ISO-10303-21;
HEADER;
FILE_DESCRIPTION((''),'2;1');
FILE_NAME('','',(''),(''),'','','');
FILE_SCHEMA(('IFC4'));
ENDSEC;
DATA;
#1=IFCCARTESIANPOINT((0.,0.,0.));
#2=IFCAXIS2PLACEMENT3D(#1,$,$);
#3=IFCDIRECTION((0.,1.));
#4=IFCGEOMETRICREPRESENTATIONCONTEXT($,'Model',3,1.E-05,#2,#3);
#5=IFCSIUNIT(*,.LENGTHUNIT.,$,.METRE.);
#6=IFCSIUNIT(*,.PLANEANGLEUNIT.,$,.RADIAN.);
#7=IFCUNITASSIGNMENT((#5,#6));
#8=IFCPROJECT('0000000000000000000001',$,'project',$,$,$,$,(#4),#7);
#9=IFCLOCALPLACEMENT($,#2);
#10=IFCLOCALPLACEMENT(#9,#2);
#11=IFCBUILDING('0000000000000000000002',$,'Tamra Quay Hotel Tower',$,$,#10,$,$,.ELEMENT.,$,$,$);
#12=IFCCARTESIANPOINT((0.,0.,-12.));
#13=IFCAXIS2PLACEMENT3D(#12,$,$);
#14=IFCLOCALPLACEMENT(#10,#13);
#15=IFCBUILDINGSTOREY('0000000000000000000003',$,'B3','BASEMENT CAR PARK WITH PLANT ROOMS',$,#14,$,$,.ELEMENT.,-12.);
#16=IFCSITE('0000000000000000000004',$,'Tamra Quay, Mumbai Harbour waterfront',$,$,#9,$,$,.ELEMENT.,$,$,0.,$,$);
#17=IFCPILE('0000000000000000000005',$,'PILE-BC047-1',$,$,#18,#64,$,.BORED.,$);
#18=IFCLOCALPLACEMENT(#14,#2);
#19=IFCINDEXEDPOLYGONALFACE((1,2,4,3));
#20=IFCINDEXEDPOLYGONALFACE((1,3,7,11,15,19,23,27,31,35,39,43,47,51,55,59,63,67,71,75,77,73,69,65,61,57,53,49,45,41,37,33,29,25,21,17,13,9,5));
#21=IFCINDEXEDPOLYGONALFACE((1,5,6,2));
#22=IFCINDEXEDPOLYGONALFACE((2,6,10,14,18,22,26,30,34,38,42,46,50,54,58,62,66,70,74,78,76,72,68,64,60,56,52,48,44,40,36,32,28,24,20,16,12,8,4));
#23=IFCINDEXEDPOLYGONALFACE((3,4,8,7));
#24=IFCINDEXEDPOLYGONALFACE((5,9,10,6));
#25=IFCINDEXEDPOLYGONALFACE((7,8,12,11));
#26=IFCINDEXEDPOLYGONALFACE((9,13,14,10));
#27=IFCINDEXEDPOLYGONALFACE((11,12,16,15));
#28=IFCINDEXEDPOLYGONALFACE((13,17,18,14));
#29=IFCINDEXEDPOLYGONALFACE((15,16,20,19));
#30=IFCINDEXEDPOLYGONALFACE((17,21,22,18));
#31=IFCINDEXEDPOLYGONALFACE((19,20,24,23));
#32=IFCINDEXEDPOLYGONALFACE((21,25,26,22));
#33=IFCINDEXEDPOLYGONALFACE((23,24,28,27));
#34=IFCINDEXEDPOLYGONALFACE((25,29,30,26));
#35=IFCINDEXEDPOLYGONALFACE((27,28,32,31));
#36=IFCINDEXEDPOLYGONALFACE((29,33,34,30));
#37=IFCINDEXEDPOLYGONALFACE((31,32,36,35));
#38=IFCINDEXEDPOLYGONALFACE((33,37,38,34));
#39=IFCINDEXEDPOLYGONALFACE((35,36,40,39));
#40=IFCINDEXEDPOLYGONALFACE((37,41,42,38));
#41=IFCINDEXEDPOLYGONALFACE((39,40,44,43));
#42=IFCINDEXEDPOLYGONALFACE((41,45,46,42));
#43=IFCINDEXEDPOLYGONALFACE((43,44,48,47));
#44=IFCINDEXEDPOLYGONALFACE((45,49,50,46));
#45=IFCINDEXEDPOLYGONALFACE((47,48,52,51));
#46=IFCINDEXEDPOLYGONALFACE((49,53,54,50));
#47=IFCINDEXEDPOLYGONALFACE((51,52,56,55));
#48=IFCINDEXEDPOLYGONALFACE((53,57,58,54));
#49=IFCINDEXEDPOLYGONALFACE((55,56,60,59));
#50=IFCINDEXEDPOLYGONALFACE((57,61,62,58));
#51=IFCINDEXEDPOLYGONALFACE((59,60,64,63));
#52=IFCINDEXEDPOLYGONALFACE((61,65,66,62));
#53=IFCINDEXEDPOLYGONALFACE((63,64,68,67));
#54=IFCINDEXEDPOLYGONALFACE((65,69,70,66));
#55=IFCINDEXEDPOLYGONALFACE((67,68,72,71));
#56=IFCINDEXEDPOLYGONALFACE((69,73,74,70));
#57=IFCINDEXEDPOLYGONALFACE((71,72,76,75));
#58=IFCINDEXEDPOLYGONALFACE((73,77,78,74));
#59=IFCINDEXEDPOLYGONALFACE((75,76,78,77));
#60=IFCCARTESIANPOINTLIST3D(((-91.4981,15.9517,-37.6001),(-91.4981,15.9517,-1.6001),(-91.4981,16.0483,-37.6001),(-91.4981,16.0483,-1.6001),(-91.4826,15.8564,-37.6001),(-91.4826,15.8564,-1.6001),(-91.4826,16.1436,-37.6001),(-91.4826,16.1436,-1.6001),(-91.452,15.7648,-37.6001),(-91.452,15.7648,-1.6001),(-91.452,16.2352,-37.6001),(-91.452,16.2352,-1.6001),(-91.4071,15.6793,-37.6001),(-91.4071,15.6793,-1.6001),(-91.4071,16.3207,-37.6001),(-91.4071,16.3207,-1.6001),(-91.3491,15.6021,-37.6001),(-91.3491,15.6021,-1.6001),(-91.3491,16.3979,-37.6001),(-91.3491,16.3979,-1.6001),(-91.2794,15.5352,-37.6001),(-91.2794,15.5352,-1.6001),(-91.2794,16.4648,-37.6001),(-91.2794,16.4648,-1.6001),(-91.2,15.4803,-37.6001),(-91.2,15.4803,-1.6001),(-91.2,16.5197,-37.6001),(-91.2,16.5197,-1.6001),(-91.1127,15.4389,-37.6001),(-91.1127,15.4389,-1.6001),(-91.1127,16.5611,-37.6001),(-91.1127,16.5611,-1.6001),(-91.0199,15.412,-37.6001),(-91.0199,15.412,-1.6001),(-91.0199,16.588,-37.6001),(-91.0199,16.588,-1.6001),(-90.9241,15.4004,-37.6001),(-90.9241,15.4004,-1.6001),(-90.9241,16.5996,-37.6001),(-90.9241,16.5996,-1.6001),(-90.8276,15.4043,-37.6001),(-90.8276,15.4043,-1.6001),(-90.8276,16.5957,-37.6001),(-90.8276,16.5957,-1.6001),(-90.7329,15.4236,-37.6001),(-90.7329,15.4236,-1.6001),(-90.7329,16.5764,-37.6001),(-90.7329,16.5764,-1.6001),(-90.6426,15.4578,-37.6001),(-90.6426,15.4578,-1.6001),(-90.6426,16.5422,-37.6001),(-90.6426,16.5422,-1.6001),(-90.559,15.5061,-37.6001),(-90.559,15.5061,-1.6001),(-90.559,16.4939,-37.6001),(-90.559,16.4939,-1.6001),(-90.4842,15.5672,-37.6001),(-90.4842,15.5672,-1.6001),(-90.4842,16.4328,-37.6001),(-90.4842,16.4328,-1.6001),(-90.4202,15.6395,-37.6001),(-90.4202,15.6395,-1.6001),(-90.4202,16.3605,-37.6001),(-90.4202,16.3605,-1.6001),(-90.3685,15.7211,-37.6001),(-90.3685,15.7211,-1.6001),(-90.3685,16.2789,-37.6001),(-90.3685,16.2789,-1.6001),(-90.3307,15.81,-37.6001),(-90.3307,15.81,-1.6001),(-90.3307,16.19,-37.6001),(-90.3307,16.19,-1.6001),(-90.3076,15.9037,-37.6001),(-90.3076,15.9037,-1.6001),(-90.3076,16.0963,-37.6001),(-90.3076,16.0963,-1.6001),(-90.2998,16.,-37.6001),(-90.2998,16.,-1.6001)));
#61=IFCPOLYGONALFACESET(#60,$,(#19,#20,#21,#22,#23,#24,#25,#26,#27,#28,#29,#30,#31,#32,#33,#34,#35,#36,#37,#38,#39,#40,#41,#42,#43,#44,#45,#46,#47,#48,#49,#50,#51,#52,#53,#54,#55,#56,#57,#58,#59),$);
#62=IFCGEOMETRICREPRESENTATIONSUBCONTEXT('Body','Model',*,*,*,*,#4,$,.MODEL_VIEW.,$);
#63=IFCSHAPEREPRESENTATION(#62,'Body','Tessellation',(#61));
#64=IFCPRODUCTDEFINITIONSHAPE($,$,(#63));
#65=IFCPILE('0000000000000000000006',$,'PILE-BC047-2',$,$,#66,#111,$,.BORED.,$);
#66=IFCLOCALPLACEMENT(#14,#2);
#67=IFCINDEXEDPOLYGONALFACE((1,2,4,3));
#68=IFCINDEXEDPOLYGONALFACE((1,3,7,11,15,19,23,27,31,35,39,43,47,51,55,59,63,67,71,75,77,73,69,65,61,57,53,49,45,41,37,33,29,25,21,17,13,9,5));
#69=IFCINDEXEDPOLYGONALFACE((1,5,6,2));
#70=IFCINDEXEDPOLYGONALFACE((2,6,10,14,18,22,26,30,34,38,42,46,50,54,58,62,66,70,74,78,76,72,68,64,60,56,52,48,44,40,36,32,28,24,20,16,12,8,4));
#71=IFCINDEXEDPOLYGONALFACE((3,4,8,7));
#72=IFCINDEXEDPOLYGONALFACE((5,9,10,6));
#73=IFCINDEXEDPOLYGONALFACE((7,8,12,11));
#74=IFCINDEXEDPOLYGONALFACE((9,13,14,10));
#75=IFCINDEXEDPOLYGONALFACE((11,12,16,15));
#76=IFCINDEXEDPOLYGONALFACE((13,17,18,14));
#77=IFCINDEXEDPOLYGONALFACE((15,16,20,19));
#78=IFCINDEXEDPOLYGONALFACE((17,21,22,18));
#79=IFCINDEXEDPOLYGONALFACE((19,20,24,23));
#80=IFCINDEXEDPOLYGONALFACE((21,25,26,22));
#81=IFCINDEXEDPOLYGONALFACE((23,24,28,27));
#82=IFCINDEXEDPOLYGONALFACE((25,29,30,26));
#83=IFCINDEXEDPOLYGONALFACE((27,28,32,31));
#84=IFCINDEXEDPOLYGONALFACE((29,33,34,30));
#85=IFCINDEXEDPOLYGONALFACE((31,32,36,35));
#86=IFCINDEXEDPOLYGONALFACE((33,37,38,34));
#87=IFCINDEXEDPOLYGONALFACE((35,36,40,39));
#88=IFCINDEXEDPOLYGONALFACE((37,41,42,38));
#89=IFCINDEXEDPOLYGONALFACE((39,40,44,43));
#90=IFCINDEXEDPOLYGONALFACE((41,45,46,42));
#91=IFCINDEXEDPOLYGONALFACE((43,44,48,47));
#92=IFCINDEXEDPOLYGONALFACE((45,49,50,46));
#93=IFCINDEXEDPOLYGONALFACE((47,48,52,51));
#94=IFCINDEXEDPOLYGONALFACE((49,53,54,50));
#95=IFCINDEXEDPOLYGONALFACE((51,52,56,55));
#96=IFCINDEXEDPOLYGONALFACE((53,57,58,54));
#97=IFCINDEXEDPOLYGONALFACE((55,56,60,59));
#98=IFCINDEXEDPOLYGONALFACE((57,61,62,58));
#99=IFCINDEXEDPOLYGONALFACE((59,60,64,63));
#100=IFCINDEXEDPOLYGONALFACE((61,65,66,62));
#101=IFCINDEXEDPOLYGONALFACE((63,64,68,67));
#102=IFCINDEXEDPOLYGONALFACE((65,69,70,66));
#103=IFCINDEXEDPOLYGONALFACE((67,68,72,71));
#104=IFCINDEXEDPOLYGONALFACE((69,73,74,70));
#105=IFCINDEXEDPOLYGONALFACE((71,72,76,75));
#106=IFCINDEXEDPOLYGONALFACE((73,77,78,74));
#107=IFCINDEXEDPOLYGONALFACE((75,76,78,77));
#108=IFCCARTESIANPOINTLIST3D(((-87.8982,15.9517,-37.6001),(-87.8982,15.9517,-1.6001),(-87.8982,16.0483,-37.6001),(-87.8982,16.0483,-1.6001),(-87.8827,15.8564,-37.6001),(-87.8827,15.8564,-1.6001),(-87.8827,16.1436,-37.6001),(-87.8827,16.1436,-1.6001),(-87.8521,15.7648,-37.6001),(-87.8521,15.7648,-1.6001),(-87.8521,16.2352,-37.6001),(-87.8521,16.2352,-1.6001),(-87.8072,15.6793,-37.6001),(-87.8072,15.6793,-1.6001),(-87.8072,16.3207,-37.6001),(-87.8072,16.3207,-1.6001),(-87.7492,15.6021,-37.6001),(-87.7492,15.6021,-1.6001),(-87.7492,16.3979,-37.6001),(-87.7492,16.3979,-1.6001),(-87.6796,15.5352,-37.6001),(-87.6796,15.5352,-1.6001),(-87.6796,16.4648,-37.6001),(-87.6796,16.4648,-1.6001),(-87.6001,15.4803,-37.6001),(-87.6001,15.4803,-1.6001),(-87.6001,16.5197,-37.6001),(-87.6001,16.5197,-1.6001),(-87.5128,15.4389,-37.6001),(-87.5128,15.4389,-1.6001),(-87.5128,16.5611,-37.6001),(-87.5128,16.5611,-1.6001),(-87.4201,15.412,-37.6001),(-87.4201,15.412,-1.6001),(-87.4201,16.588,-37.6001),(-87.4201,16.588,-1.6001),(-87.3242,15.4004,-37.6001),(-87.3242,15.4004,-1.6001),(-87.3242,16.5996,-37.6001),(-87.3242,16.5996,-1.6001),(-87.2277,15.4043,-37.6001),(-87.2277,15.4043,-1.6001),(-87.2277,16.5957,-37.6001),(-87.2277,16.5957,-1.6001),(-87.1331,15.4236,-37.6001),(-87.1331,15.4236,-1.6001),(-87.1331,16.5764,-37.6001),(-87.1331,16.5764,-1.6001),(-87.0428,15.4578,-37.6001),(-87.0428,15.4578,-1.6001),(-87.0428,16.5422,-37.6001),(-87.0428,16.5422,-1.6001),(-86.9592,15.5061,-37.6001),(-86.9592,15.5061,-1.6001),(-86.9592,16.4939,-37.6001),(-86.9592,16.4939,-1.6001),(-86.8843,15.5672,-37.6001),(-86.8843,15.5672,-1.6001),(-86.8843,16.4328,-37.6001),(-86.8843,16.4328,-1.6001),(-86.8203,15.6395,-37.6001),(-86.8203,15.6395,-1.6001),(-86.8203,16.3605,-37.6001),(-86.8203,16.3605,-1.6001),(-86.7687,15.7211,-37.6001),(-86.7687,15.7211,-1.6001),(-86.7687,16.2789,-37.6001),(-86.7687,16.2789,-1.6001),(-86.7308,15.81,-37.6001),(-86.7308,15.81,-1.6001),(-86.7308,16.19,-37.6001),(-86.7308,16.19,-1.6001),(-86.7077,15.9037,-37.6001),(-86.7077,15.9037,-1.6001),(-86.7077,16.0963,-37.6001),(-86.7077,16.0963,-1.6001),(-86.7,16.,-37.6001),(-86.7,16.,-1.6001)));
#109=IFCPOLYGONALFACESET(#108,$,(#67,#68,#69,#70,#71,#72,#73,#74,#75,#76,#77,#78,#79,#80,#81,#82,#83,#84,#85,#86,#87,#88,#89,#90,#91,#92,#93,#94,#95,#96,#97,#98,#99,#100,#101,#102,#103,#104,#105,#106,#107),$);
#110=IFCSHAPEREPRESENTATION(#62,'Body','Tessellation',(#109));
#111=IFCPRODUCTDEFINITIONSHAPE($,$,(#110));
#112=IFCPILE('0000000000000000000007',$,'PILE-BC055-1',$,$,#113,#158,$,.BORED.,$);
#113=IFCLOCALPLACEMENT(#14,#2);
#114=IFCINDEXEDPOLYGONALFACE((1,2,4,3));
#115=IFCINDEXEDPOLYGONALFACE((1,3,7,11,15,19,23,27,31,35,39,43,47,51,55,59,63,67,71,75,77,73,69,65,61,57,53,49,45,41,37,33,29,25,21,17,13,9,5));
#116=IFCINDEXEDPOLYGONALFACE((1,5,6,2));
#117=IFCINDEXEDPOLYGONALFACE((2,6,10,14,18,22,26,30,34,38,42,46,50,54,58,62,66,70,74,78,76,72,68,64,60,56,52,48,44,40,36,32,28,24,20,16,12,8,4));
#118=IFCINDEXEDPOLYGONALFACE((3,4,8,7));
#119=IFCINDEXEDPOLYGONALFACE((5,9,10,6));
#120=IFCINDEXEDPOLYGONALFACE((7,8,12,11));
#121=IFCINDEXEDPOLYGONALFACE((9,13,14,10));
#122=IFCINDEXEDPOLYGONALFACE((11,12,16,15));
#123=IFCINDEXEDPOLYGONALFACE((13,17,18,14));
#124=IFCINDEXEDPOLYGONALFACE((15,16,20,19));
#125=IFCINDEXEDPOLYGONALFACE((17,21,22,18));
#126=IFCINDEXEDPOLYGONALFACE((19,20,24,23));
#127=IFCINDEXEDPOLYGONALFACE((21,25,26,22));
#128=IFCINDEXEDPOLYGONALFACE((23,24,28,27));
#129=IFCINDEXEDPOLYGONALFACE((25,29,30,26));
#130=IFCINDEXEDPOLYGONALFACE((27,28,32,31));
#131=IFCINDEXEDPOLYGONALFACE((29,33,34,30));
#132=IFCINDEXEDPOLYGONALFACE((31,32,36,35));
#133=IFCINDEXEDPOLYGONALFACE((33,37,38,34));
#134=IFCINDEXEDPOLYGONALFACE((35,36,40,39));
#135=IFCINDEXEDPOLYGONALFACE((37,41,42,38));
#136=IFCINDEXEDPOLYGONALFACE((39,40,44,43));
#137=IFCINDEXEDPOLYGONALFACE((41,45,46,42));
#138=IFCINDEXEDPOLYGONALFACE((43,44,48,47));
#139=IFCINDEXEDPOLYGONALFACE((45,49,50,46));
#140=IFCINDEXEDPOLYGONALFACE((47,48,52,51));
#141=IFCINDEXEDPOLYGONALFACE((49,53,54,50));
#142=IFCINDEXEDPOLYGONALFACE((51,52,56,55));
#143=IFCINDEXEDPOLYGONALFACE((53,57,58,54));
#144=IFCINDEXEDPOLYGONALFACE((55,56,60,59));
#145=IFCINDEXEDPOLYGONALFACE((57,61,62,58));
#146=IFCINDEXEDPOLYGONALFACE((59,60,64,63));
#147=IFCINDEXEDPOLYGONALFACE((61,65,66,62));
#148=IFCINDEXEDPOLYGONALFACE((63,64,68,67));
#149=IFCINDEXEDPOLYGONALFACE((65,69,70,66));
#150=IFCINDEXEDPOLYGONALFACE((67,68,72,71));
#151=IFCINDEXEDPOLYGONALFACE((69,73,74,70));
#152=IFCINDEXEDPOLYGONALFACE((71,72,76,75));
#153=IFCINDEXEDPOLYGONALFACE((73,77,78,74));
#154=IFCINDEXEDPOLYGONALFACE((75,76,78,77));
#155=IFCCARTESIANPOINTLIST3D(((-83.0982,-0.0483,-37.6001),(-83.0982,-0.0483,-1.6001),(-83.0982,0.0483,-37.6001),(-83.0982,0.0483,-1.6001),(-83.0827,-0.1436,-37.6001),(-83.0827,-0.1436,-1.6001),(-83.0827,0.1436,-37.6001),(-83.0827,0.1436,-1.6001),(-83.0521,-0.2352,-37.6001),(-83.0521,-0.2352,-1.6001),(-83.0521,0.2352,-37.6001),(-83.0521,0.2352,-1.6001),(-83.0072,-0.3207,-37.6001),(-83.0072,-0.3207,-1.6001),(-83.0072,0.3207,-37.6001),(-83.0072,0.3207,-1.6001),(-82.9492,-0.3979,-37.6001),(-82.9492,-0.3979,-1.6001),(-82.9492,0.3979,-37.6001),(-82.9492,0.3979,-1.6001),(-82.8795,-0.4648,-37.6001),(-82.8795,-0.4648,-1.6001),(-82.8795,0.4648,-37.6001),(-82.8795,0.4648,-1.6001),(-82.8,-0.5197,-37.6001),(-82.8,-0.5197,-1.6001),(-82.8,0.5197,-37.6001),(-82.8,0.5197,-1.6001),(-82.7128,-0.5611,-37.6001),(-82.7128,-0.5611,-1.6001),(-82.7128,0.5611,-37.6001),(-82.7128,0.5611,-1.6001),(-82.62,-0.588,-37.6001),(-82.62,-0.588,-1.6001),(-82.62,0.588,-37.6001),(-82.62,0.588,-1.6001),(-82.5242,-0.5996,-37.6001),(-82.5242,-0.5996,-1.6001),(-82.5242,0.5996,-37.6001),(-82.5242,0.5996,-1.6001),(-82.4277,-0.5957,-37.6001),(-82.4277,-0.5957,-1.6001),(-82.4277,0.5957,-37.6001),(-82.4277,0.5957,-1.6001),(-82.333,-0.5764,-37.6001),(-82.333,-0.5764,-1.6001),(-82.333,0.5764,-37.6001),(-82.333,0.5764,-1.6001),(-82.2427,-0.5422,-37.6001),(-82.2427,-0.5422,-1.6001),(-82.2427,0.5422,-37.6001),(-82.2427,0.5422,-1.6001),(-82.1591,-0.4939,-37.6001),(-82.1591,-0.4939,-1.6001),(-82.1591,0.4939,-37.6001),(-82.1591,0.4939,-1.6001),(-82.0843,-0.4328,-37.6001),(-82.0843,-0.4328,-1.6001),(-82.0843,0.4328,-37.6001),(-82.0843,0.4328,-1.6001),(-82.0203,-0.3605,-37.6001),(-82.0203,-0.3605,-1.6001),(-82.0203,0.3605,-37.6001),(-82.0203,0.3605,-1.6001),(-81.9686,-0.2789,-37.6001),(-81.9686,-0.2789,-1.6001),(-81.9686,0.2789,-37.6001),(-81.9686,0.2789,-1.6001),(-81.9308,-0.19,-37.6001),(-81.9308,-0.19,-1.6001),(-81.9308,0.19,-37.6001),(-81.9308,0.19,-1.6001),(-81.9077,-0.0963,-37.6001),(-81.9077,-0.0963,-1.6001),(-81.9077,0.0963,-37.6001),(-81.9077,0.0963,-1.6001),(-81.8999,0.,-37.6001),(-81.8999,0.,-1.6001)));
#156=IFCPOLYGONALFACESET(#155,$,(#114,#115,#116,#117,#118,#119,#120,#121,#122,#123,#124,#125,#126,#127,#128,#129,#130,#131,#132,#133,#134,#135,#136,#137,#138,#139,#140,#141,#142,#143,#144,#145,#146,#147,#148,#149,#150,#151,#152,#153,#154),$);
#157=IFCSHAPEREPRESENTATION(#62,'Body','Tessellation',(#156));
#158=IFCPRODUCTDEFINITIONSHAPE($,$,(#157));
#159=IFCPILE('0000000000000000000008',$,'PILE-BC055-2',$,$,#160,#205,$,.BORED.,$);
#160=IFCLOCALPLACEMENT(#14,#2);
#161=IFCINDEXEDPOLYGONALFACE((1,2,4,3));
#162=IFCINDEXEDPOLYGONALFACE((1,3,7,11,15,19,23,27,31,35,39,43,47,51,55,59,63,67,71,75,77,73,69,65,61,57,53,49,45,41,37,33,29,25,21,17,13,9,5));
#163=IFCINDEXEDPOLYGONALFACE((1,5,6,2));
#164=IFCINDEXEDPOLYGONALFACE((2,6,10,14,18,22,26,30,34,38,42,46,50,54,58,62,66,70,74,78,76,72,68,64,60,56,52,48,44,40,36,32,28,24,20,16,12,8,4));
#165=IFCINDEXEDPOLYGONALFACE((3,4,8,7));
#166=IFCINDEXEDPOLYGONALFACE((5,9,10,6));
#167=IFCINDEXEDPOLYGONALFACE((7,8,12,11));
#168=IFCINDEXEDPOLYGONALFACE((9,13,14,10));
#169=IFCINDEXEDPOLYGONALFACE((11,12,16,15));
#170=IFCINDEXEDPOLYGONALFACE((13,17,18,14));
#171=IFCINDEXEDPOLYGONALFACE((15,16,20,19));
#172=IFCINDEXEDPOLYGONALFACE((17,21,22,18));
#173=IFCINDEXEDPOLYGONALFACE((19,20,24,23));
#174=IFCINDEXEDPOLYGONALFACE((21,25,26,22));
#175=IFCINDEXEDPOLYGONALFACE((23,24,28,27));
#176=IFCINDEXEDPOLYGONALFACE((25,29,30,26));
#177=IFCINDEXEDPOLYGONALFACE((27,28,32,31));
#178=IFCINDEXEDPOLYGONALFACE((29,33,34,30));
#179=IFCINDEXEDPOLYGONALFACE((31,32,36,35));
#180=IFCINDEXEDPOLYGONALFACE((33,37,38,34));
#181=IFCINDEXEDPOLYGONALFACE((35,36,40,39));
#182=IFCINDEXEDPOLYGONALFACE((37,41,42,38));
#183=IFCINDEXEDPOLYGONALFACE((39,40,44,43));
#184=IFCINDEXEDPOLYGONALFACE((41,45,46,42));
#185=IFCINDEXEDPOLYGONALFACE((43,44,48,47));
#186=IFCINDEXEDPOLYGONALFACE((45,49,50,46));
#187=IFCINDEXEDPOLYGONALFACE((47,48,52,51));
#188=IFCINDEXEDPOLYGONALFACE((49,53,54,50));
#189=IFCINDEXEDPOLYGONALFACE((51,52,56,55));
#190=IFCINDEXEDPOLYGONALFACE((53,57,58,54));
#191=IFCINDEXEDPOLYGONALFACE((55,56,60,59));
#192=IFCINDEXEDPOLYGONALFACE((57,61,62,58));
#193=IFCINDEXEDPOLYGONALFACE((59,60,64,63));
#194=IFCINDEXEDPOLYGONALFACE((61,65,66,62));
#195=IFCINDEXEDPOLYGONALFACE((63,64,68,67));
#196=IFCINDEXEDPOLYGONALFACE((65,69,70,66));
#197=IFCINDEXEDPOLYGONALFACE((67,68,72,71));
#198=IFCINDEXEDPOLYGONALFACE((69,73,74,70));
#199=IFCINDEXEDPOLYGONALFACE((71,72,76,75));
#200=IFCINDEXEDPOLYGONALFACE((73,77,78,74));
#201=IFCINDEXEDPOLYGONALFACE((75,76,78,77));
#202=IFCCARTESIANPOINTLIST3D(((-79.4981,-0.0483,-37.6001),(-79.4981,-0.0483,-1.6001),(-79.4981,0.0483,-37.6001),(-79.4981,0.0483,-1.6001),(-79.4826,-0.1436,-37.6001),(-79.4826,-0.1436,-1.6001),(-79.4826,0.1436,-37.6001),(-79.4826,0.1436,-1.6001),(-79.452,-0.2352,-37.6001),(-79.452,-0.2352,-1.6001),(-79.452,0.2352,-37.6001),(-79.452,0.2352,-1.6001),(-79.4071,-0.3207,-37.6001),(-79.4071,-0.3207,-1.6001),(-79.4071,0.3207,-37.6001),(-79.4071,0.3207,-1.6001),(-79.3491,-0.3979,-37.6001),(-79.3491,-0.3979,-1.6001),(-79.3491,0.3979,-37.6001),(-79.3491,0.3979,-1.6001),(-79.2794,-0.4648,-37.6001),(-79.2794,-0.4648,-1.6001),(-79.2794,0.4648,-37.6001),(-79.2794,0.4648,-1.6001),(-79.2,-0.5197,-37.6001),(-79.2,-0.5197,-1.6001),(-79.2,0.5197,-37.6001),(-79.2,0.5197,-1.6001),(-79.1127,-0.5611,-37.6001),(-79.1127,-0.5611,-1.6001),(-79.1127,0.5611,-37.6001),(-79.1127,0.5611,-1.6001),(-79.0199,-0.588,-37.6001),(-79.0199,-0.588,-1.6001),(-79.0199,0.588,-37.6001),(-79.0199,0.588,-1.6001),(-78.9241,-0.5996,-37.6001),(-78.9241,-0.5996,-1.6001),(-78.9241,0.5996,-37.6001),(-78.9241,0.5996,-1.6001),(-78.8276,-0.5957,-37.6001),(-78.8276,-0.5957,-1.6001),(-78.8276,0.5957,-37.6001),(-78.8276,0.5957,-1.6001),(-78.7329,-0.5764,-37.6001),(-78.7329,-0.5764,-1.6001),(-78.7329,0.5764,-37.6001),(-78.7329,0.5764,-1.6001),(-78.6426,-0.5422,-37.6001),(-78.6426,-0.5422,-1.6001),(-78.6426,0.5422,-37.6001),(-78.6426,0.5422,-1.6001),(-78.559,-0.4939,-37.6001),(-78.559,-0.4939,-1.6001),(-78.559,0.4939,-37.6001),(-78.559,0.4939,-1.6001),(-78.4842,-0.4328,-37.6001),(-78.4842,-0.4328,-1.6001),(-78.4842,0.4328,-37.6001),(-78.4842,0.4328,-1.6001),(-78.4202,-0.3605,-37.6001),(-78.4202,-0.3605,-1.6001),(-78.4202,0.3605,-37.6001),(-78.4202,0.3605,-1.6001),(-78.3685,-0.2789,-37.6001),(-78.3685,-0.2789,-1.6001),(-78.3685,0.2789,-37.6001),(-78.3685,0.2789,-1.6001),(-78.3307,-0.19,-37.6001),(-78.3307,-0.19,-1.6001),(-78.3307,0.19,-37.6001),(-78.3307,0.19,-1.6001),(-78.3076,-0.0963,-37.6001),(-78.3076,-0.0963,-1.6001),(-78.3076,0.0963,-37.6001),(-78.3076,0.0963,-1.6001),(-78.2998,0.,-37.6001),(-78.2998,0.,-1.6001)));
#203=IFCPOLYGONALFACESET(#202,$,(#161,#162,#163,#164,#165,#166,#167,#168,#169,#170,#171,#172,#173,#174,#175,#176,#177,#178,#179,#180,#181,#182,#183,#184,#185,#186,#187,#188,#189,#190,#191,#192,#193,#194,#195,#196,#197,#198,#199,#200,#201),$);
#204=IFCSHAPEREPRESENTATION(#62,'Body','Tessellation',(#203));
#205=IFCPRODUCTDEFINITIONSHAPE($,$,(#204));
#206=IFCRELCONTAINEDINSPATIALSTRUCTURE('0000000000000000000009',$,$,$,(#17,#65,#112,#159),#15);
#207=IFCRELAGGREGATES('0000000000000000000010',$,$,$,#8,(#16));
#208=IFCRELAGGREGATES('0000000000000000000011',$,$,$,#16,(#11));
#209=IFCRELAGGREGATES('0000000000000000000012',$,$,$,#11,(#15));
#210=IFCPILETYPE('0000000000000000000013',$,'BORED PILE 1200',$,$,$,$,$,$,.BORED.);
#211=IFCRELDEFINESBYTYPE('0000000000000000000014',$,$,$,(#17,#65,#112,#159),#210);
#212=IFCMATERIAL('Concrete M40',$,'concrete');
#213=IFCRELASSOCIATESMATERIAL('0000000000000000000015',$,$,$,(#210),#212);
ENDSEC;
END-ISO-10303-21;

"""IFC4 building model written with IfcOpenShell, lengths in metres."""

from ifc_helpers import new_model, si_unit, direction, frame, origin, origin_2d, place, context, subcontext, project, spatial, circle, extrude, material, material_profile, profile_set, type_object, element, save


model = new_model("IFC4")

# Units and contexts
model_context = context("Model", 3, precision=1e-05, world=origin(), true_north=direction((0.0, 1.0)))
body_context = subcontext(model_context, "Body", "Model", "MODEL_VIEW")
ifc_project = project(units=[si_unit("LENGTHUNIT", "METRE"), si_unit("PLANEANGLEUNIT", "RADIAN")], contexts=[model_context])

# Site, building, storey
site_placement = place(None, origin())
site = spatial("IfcSite", under=ifc_project, at=site_placement, Name="Tamra Quay, Mumbai Harbour waterfront", CompositionType="ELEMENT", RefElevation=0.0)
building_placement = place(site_placement, origin())
building = spatial("IfcBuilding", under=site, at=building_placement, Name="Tamra Quay Hotel Tower", CompositionType="ELEMENT")
storey_placement = place(building_placement, frame((0.0, 0.0, -12.0)))
storey = spatial("IfcBuildingStorey", under=building, at=storey_placement, Name="B3", Description="BASEMENT CAR PARK WITH PLANT ROOMS", CompositionType="ELEMENT", Elevation=-12.0)

# Piles
ifc_material_1 = material(Name="Concrete M40", Category="concrete")
ifc_material_profile_1 = material_profile(ifc_material_1, circle(Radius=0.6001, at=origin_2d()), Name="BORED PILE 1200")
ifc_profile_set_1 = profile_set([ifc_material_profile_1], Name="Concrete M40")
pile_type = type_object("IfcPileType", Name="BORED PILE 1200", PredefinedType="BORED", material=ifc_profile_set_1)
for number, where, z_axis, x_axis, name in (
    (1, (-90.8999, 16.0, -1.6001), (0.0, 0.0, -1.0), (1.0, 0.0, 0.0), "PILE-BC047-1"),
    (2, (-87.3, 16.0, -1.6001), (0.0, 0.0, -1.0), (1.0, 0.0, 0.0), "PILE-BC047-2"),
    (3, (-82.5, 0.0, -1.6001), (0.0, 0.0, -1.0), (1.0, 0.0, 0.0), "PILE-BC055-1"),
    (4, (-78.8999, 0.0, -1.6001), (0.0, 0.0, -1.0), (1.0, 0.0, 0.0), "PILE-BC055-2"),
):
    element("IfcPile", number, at=place(storey_placement, frame(where, z_axis=z_axis, x_axis=x_axis)), inside=storey, type_object=pile_type, Name=name, PredefinedType="BORED", context=body_context, shape_type="SweptSolid", body=[
        extrude(circle(Radius=0.6001, at=origin_2d()), origin(), (0.0, 0.0, 1.0), 36.0),
    ])

save(model, "model.ifc")
